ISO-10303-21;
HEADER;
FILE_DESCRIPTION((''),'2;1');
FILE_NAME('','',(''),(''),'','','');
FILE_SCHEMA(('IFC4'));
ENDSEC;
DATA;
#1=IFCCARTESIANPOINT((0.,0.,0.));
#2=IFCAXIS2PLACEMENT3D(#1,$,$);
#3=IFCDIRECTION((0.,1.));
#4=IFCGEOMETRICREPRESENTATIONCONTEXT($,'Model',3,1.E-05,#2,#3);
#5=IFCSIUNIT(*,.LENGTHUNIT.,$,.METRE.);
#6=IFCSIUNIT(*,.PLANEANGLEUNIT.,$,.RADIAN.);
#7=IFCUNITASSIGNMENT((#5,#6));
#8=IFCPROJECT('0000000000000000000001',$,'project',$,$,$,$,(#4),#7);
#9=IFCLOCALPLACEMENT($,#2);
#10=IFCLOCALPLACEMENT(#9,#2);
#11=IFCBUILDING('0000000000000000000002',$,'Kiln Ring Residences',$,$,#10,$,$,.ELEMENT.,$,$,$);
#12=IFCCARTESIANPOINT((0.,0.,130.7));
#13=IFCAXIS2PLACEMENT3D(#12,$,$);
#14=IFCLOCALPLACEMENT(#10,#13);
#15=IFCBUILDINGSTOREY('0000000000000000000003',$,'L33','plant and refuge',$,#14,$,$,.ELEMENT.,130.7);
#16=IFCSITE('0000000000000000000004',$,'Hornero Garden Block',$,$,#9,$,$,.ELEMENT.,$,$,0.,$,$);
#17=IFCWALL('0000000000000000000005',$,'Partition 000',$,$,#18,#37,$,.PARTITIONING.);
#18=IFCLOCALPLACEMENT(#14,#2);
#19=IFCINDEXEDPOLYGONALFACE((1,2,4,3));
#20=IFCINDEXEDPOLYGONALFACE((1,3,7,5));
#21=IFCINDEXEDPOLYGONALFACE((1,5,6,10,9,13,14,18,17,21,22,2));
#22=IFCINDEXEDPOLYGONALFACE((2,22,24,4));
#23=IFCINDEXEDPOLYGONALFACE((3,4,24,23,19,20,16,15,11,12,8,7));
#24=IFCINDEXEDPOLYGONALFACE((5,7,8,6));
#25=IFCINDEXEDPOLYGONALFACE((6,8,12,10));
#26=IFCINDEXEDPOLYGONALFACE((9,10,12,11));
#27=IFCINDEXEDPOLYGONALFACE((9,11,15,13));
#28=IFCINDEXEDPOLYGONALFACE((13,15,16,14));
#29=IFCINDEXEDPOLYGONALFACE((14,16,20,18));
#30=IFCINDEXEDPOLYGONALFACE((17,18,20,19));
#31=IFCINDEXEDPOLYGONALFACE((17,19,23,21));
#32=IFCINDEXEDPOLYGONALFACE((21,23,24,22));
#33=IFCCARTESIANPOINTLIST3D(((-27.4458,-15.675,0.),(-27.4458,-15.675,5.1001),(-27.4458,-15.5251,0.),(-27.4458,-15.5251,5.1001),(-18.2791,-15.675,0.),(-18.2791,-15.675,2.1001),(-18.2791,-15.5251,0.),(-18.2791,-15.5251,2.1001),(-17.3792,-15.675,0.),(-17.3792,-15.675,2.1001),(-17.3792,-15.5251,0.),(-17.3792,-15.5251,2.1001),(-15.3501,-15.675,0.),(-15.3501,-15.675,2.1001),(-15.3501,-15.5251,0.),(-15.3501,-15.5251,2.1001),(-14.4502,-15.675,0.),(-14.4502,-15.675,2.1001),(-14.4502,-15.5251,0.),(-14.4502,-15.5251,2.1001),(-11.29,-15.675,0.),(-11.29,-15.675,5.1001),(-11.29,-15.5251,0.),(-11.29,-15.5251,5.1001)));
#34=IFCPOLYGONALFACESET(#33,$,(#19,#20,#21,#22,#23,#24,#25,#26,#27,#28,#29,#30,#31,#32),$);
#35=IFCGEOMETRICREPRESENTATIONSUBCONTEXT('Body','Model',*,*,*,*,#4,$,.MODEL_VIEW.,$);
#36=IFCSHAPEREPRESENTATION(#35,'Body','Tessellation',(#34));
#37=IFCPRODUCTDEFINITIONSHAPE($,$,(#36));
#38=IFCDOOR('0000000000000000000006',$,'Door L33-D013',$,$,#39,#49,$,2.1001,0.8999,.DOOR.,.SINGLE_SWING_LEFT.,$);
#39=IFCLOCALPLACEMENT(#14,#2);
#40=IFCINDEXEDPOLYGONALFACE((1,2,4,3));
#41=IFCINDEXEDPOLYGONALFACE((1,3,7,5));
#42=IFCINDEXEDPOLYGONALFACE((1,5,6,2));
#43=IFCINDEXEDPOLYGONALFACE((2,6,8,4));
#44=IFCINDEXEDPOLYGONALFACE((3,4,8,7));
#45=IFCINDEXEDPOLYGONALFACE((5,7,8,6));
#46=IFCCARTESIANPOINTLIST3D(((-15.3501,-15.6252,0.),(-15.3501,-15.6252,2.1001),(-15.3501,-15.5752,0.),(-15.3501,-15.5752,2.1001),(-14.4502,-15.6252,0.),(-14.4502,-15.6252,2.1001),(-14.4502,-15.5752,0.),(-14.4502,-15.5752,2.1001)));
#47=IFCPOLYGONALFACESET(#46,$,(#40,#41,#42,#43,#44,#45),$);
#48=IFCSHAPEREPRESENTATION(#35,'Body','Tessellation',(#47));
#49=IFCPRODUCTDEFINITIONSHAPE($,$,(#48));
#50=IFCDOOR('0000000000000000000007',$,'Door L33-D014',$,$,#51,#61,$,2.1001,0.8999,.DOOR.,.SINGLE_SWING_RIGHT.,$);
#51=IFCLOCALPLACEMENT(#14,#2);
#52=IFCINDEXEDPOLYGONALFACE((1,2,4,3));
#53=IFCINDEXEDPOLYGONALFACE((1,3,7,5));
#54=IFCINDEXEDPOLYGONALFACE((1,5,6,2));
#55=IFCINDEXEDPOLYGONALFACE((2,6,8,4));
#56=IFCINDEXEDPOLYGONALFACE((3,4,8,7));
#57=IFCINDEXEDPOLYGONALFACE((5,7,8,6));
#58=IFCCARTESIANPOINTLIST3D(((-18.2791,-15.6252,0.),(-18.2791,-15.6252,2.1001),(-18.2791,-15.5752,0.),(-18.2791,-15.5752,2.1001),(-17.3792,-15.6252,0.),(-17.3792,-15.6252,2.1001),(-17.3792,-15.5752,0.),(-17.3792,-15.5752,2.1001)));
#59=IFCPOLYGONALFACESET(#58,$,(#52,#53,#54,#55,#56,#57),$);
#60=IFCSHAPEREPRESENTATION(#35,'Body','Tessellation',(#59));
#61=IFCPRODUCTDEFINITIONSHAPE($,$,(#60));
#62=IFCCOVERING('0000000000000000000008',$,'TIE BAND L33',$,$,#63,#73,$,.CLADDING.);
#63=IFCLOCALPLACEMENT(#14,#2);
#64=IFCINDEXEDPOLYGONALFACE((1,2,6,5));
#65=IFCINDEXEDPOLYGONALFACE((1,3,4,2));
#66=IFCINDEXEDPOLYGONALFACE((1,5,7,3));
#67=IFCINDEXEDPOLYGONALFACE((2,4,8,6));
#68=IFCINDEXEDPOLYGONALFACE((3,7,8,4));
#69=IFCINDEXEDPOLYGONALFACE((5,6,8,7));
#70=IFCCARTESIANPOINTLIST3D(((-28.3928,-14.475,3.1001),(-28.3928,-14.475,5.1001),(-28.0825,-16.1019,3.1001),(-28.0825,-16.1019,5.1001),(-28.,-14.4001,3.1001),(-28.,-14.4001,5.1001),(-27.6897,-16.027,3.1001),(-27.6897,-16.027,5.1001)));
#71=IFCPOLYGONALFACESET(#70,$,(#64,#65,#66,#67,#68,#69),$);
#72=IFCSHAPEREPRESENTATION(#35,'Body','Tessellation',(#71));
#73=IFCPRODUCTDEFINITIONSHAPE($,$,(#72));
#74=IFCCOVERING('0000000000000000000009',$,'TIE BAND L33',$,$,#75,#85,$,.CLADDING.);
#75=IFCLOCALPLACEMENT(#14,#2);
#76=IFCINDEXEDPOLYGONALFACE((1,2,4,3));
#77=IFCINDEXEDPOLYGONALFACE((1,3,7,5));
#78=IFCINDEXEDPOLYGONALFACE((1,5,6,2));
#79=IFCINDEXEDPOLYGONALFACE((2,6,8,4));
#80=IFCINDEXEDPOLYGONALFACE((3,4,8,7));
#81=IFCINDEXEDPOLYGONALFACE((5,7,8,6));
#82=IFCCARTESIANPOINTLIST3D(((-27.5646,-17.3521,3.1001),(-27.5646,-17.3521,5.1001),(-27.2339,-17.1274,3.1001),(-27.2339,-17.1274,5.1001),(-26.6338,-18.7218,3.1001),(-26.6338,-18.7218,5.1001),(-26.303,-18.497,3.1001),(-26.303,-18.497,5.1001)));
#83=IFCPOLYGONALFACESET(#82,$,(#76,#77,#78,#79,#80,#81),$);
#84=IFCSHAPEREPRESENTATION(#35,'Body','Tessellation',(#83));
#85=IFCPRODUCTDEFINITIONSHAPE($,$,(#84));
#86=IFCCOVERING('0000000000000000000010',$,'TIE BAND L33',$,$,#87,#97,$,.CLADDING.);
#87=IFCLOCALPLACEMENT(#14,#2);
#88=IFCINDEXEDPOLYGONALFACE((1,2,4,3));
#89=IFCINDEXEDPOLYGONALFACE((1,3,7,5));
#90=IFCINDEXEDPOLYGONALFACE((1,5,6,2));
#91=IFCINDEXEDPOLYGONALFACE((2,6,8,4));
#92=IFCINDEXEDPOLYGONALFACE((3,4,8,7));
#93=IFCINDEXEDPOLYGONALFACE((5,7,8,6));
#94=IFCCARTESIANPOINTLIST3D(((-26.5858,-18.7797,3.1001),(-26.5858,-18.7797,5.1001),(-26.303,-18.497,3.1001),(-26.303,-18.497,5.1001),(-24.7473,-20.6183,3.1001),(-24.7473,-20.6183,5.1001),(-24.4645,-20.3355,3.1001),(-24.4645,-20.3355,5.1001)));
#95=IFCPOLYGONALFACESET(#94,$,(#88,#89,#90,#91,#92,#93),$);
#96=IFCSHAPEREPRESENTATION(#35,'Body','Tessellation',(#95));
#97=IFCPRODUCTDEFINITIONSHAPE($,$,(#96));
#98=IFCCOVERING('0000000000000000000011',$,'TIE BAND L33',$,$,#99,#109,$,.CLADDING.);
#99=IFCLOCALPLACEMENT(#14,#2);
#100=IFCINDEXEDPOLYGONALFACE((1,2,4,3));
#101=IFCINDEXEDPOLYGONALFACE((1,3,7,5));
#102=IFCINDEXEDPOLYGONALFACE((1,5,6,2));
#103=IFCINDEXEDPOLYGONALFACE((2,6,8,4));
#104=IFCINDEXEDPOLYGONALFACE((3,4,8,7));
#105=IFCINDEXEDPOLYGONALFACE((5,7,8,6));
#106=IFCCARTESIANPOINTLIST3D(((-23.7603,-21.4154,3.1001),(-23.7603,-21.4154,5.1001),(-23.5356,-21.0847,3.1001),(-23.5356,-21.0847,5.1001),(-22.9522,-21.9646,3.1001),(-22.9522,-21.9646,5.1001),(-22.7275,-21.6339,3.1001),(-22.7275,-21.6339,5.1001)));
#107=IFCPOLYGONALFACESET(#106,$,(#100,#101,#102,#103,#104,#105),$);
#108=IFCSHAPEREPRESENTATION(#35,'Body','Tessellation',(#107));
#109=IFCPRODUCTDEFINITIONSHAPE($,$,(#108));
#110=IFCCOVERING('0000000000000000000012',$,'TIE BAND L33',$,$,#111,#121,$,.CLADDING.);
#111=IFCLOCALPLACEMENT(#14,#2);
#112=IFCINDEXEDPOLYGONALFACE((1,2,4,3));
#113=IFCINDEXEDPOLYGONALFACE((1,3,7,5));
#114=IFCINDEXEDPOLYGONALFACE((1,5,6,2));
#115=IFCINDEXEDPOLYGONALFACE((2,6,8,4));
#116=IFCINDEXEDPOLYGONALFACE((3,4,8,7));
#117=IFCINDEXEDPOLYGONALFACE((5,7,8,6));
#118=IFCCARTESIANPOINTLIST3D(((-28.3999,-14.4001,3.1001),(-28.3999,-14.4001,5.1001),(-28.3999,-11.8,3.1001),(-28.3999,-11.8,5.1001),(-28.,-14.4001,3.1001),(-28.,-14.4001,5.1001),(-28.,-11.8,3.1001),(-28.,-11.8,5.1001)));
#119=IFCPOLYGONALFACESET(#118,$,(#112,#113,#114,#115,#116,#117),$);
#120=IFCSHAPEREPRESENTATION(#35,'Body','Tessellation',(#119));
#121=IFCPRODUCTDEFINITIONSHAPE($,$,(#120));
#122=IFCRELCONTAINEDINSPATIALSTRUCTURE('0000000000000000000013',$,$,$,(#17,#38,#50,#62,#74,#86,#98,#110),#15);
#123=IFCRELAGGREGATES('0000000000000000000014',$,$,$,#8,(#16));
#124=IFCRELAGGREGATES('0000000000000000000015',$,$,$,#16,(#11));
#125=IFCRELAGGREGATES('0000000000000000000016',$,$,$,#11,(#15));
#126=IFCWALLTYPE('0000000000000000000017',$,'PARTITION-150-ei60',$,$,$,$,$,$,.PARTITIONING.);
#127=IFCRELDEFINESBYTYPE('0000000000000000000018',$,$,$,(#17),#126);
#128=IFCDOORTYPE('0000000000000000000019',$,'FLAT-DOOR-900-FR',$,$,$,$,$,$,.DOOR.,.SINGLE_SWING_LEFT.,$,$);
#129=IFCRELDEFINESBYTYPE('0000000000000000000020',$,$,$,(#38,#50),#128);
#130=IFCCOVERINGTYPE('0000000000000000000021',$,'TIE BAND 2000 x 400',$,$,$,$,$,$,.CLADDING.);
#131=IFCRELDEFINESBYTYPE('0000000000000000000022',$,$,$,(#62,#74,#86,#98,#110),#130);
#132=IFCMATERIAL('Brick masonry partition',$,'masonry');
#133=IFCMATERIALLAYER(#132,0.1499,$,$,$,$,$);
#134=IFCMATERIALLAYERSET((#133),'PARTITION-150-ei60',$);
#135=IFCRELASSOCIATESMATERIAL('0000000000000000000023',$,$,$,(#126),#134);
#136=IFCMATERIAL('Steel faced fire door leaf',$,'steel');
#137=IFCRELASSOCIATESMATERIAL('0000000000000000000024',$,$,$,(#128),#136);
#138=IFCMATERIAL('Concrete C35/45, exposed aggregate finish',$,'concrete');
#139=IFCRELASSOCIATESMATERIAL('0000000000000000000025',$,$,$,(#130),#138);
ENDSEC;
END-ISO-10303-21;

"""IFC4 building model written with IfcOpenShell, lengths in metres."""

from ifc_helpers import new_model, si_unit, direction, frame, frame_2d, origin, origin_2d, place, context, subcontext, project, spatial, rectangle, extrude, material, layer, layer_set, type_object, element, fill, save


model = new_model("IFC4")

# Units and contexts
model_context = context("Model", 3, precision=1e-05, world=origin(), true_north=direction((0.0, 1.0)))
body_context = subcontext(model_context, "Body", "Model", "MODEL_VIEW")
ifc_project = project(units=[si_unit("LENGTHUNIT", "METRE"), si_unit("PLANEANGLEUNIT", "RADIAN")], contexts=[model_context])

# Site, building, storey
site_placement = place(None, origin())
site = spatial("IfcSite", under=ifc_project, at=site_placement, Name="Hornero Garden Block", CompositionType="ELEMENT", RefElevation=0.0)
building_placement = place(site_placement, origin())
building = spatial("IfcBuilding", under=site, at=building_placement, Name="Kiln Ring Residences", CompositionType="ELEMENT")
storey_placement = place(building_placement, frame((0.0, 0.0, 130.7)))
storey = spatial("IfcBuildingStorey", under=building, at=storey_placement, Name="L33", Description="plant and refuge", CompositionType="ELEMENT", Elevation=130.7)

# Wall, openings, doors
ifc_material_1 = material(Name="Brick masonry partition", Category="masonry")
ifc_layer_1 = layer(ifc_material_1, 0.1499)
ifc_layer_set_1 = layer_set([ifc_layer_1], Name="PARTITION-150-ei60")
wall_type_1 = type_object("IfcWallType", Name="PARTITION-150-ei60", PredefinedType="PARTITIONING", material=ifc_layer_set_1)
wall_1_placement = place(storey_placement, frame((-27.4458, -15.6001, 0.0), z_axis=(0.0, 0.0, 1.0), x_axis=(1.0, 0.0, 0.0)))
wall_1 = element("IfcWall", 1, at=wall_1_placement, inside=storey, type_object=wall_type_1, Name="Partition 000", PredefinedType="PARTITIONING", context=body_context, shape_type="SweptSolid", body=[
    extrude(rectangle(XDim=16.1558, YDim=0.1499, at=frame_2d((8.0779, 0.0))), origin(), (0.0, 0.0, 1.0), 5.1001),
])
opening_1_placement = place(wall_1_placement, frame((12.0957, 0.0, 0.0)))
opening_1 = element("IfcOpeningElement", 2, at=opening_1_placement, cuts=wall_1, PredefinedType="OPENING", context=body_context, shape_type="SweptSolid", body=[
    extrude(rectangle(XDim=0.8999, YDim=2.1001, at=frame_2d((0.45, 1.05))), frame((0.0, 0.085, 0.0), z_axis=(0.0, -1.0, 0.0), x_axis=(1.0, 0.0, 0.0)), (0.0, 0.0, 1.0), 0.1699),
])
opening_2_placement = place(wall_1_placement, frame((9.1667, 0.0, 0.0)))
opening_2 = element("IfcOpeningElement", 3, at=opening_2_placement, cuts=wall_1, PredefinedType="OPENING", context=body_context, shape_type="SweptSolid", body=[
    extrude(rectangle(XDim=0.8999, YDim=2.1001, at=frame_2d((0.45, 1.05))), frame((0.0, 0.085, 0.0), z_axis=(0.0, -1.0, 0.0), x_axis=(1.0, 0.0, 0.0)), (0.0, 0.0, 1.0), 0.1699),
])
ifc_material_2 = material(Name="Steel faced fire door leaf", Category="steel")
door_type_1 = type_object("IfcDoorType", Name="FLAT-DOOR-900-FR", OperationType="SINGLE_SWING_LEFT", PredefinedType="DOOR", material=ifc_material_2)
door_1_placement = place(opening_1_placement, origin())
door_1 = element("IfcDoor", 4, at=door_1_placement, inside=storey, type_object=door_type_1, Name="Door L33-D013", OperationType="SINGLE_SWING_LEFT", OverallHeight=2.1001, OverallWidth=0.8999, PredefinedType="DOOR", context=body_context, shape_type="SweptSolid", body=[
    extrude(rectangle(XDim=0.8999, YDim=2.1001, at=frame_2d((0.45, 1.05))), frame((0.0, 0.0249, 0.0), z_axis=(0.0, -1.0, 0.0), x_axis=(1.0, 0.0, 0.0)), (0.0, 0.0, 1.0), 0.05),
])
fill(opening_1, door_1)
door_2_placement = place(opening_2_placement, origin())
door_2 = element("IfcDoor", 5, at=door_2_placement, inside=storey, type_object=door_type_1, Name="Door L33-D014", OperationType="SINGLE_SWING_RIGHT", OverallHeight=2.1001, OverallWidth=0.8999, PredefinedType="DOOR", context=body_context, shape_type="SweptSolid", body=[
    extrude(rectangle(XDim=0.8999, YDim=2.1001, at=frame_2d((0.45, 1.05))), frame((0.0, 0.0249, 0.0), z_axis=(0.0, -1.0, 0.0), x_axis=(1.0, 0.0, 0.0)), (0.0, 0.0, 1.0), 0.05),
])
fill(opening_2, door_2)

# Coverings
ifc_material_3 = material(Name="Concrete C35/45, exposed aggregate finish", Category="concrete")
covering_type = type_object("IfcCoveringType", Name="TIE BAND 2000 x 400", PredefinedType="CLADDING", material=ifc_material_3)
covering_1_placement = place(storey_placement, frame((-28.0413, -15.251, 3.1001), z_axis=(0.0, 0.0, 1.0), x_axis=(0.187366, -0.98229, 0.0)))
element("IfcCovering", 6, at=covering_1_placement, inside=storey, type_object=covering_type, Name="TIE BAND L33", PredefinedType="CLADDING", context=body_context, shape_type="SweptSolid", body=[
    extrude(rectangle(XDim=1.6562, YDim=0.3999, at=origin_2d()), origin(), (0.0, 0.0, 1.0), 2.0),
])
covering_2_placement = place(storey_placement, frame((-26.9338, -17.9246, 3.1001), z_axis=(0.0, 0.0, 1.0), x_axis=(0.562097, -0.827072, 0.0)))
element("IfcCovering", 7, at=covering_2_placement, inside=storey, type_object=covering_type, Name="TIE BAND L33", PredefinedType="CLADDING", context=body_context, shape_type="SweptSolid", body=[
    extrude(rectangle(XDim=1.656, YDim=0.3999, at=origin_2d()), origin(), (0.0, 0.0, 1.0), 2.0),
])
covering_3_placement = place(storey_placement, frame((-25.5251, -19.5576, 3.1001), z_axis=(0.0, 0.0, 1.0), x_axis=(0.707107, -0.707107, 0.0)))
element("IfcCovering", 8, at=covering_3_placement, inside=storey, type_object=covering_type, Name="TIE BAND L33", PredefinedType="CLADDING", context=body_context, shape_type="SweptSolid", body=[
    extrude(rectangle(XDim=2.6001, YDim=0.3999, at=origin_2d()), origin(), (0.0, 0.0, 1.0), 2.0),
])
covering_4_placement = place(storey_placement, frame((-23.2439, -21.5247, 3.1001), z_axis=(0.0, 0.0, 1.0), x_axis=(0.827072, -0.562097, 0.0)))
element("IfcCovering", 9, at=covering_4_placement, inside=storey, type_object=covering_type, Name="TIE BAND L33", PredefinedType="CLADDING", context=body_context, shape_type="SweptSolid", body=[
    extrude(rectangle(XDim=0.9771, YDim=0.3999, at=origin_2d()), origin(), (0.0, 0.0, 1.0), 2.0),
])
covering_5_placement = place(storey_placement, frame((-28.2, -13.1001, 3.1001), z_axis=(0.0, 0.0, 1.0), x_axis=(0.0, -1.0, 0.0)))
element("IfcCovering", 10, at=covering_5_placement, inside=storey, type_object=covering_type, Name="TIE BAND L33", PredefinedType="CLADDING", context=body_context, shape_type="SweptSolid", body=[
    extrude(rectangle(XDim=2.6001, YDim=0.3999, at=origin_2d()), origin(), (0.0, 0.0, 1.0), 2.0),
])

save(model, "model.ifc")
